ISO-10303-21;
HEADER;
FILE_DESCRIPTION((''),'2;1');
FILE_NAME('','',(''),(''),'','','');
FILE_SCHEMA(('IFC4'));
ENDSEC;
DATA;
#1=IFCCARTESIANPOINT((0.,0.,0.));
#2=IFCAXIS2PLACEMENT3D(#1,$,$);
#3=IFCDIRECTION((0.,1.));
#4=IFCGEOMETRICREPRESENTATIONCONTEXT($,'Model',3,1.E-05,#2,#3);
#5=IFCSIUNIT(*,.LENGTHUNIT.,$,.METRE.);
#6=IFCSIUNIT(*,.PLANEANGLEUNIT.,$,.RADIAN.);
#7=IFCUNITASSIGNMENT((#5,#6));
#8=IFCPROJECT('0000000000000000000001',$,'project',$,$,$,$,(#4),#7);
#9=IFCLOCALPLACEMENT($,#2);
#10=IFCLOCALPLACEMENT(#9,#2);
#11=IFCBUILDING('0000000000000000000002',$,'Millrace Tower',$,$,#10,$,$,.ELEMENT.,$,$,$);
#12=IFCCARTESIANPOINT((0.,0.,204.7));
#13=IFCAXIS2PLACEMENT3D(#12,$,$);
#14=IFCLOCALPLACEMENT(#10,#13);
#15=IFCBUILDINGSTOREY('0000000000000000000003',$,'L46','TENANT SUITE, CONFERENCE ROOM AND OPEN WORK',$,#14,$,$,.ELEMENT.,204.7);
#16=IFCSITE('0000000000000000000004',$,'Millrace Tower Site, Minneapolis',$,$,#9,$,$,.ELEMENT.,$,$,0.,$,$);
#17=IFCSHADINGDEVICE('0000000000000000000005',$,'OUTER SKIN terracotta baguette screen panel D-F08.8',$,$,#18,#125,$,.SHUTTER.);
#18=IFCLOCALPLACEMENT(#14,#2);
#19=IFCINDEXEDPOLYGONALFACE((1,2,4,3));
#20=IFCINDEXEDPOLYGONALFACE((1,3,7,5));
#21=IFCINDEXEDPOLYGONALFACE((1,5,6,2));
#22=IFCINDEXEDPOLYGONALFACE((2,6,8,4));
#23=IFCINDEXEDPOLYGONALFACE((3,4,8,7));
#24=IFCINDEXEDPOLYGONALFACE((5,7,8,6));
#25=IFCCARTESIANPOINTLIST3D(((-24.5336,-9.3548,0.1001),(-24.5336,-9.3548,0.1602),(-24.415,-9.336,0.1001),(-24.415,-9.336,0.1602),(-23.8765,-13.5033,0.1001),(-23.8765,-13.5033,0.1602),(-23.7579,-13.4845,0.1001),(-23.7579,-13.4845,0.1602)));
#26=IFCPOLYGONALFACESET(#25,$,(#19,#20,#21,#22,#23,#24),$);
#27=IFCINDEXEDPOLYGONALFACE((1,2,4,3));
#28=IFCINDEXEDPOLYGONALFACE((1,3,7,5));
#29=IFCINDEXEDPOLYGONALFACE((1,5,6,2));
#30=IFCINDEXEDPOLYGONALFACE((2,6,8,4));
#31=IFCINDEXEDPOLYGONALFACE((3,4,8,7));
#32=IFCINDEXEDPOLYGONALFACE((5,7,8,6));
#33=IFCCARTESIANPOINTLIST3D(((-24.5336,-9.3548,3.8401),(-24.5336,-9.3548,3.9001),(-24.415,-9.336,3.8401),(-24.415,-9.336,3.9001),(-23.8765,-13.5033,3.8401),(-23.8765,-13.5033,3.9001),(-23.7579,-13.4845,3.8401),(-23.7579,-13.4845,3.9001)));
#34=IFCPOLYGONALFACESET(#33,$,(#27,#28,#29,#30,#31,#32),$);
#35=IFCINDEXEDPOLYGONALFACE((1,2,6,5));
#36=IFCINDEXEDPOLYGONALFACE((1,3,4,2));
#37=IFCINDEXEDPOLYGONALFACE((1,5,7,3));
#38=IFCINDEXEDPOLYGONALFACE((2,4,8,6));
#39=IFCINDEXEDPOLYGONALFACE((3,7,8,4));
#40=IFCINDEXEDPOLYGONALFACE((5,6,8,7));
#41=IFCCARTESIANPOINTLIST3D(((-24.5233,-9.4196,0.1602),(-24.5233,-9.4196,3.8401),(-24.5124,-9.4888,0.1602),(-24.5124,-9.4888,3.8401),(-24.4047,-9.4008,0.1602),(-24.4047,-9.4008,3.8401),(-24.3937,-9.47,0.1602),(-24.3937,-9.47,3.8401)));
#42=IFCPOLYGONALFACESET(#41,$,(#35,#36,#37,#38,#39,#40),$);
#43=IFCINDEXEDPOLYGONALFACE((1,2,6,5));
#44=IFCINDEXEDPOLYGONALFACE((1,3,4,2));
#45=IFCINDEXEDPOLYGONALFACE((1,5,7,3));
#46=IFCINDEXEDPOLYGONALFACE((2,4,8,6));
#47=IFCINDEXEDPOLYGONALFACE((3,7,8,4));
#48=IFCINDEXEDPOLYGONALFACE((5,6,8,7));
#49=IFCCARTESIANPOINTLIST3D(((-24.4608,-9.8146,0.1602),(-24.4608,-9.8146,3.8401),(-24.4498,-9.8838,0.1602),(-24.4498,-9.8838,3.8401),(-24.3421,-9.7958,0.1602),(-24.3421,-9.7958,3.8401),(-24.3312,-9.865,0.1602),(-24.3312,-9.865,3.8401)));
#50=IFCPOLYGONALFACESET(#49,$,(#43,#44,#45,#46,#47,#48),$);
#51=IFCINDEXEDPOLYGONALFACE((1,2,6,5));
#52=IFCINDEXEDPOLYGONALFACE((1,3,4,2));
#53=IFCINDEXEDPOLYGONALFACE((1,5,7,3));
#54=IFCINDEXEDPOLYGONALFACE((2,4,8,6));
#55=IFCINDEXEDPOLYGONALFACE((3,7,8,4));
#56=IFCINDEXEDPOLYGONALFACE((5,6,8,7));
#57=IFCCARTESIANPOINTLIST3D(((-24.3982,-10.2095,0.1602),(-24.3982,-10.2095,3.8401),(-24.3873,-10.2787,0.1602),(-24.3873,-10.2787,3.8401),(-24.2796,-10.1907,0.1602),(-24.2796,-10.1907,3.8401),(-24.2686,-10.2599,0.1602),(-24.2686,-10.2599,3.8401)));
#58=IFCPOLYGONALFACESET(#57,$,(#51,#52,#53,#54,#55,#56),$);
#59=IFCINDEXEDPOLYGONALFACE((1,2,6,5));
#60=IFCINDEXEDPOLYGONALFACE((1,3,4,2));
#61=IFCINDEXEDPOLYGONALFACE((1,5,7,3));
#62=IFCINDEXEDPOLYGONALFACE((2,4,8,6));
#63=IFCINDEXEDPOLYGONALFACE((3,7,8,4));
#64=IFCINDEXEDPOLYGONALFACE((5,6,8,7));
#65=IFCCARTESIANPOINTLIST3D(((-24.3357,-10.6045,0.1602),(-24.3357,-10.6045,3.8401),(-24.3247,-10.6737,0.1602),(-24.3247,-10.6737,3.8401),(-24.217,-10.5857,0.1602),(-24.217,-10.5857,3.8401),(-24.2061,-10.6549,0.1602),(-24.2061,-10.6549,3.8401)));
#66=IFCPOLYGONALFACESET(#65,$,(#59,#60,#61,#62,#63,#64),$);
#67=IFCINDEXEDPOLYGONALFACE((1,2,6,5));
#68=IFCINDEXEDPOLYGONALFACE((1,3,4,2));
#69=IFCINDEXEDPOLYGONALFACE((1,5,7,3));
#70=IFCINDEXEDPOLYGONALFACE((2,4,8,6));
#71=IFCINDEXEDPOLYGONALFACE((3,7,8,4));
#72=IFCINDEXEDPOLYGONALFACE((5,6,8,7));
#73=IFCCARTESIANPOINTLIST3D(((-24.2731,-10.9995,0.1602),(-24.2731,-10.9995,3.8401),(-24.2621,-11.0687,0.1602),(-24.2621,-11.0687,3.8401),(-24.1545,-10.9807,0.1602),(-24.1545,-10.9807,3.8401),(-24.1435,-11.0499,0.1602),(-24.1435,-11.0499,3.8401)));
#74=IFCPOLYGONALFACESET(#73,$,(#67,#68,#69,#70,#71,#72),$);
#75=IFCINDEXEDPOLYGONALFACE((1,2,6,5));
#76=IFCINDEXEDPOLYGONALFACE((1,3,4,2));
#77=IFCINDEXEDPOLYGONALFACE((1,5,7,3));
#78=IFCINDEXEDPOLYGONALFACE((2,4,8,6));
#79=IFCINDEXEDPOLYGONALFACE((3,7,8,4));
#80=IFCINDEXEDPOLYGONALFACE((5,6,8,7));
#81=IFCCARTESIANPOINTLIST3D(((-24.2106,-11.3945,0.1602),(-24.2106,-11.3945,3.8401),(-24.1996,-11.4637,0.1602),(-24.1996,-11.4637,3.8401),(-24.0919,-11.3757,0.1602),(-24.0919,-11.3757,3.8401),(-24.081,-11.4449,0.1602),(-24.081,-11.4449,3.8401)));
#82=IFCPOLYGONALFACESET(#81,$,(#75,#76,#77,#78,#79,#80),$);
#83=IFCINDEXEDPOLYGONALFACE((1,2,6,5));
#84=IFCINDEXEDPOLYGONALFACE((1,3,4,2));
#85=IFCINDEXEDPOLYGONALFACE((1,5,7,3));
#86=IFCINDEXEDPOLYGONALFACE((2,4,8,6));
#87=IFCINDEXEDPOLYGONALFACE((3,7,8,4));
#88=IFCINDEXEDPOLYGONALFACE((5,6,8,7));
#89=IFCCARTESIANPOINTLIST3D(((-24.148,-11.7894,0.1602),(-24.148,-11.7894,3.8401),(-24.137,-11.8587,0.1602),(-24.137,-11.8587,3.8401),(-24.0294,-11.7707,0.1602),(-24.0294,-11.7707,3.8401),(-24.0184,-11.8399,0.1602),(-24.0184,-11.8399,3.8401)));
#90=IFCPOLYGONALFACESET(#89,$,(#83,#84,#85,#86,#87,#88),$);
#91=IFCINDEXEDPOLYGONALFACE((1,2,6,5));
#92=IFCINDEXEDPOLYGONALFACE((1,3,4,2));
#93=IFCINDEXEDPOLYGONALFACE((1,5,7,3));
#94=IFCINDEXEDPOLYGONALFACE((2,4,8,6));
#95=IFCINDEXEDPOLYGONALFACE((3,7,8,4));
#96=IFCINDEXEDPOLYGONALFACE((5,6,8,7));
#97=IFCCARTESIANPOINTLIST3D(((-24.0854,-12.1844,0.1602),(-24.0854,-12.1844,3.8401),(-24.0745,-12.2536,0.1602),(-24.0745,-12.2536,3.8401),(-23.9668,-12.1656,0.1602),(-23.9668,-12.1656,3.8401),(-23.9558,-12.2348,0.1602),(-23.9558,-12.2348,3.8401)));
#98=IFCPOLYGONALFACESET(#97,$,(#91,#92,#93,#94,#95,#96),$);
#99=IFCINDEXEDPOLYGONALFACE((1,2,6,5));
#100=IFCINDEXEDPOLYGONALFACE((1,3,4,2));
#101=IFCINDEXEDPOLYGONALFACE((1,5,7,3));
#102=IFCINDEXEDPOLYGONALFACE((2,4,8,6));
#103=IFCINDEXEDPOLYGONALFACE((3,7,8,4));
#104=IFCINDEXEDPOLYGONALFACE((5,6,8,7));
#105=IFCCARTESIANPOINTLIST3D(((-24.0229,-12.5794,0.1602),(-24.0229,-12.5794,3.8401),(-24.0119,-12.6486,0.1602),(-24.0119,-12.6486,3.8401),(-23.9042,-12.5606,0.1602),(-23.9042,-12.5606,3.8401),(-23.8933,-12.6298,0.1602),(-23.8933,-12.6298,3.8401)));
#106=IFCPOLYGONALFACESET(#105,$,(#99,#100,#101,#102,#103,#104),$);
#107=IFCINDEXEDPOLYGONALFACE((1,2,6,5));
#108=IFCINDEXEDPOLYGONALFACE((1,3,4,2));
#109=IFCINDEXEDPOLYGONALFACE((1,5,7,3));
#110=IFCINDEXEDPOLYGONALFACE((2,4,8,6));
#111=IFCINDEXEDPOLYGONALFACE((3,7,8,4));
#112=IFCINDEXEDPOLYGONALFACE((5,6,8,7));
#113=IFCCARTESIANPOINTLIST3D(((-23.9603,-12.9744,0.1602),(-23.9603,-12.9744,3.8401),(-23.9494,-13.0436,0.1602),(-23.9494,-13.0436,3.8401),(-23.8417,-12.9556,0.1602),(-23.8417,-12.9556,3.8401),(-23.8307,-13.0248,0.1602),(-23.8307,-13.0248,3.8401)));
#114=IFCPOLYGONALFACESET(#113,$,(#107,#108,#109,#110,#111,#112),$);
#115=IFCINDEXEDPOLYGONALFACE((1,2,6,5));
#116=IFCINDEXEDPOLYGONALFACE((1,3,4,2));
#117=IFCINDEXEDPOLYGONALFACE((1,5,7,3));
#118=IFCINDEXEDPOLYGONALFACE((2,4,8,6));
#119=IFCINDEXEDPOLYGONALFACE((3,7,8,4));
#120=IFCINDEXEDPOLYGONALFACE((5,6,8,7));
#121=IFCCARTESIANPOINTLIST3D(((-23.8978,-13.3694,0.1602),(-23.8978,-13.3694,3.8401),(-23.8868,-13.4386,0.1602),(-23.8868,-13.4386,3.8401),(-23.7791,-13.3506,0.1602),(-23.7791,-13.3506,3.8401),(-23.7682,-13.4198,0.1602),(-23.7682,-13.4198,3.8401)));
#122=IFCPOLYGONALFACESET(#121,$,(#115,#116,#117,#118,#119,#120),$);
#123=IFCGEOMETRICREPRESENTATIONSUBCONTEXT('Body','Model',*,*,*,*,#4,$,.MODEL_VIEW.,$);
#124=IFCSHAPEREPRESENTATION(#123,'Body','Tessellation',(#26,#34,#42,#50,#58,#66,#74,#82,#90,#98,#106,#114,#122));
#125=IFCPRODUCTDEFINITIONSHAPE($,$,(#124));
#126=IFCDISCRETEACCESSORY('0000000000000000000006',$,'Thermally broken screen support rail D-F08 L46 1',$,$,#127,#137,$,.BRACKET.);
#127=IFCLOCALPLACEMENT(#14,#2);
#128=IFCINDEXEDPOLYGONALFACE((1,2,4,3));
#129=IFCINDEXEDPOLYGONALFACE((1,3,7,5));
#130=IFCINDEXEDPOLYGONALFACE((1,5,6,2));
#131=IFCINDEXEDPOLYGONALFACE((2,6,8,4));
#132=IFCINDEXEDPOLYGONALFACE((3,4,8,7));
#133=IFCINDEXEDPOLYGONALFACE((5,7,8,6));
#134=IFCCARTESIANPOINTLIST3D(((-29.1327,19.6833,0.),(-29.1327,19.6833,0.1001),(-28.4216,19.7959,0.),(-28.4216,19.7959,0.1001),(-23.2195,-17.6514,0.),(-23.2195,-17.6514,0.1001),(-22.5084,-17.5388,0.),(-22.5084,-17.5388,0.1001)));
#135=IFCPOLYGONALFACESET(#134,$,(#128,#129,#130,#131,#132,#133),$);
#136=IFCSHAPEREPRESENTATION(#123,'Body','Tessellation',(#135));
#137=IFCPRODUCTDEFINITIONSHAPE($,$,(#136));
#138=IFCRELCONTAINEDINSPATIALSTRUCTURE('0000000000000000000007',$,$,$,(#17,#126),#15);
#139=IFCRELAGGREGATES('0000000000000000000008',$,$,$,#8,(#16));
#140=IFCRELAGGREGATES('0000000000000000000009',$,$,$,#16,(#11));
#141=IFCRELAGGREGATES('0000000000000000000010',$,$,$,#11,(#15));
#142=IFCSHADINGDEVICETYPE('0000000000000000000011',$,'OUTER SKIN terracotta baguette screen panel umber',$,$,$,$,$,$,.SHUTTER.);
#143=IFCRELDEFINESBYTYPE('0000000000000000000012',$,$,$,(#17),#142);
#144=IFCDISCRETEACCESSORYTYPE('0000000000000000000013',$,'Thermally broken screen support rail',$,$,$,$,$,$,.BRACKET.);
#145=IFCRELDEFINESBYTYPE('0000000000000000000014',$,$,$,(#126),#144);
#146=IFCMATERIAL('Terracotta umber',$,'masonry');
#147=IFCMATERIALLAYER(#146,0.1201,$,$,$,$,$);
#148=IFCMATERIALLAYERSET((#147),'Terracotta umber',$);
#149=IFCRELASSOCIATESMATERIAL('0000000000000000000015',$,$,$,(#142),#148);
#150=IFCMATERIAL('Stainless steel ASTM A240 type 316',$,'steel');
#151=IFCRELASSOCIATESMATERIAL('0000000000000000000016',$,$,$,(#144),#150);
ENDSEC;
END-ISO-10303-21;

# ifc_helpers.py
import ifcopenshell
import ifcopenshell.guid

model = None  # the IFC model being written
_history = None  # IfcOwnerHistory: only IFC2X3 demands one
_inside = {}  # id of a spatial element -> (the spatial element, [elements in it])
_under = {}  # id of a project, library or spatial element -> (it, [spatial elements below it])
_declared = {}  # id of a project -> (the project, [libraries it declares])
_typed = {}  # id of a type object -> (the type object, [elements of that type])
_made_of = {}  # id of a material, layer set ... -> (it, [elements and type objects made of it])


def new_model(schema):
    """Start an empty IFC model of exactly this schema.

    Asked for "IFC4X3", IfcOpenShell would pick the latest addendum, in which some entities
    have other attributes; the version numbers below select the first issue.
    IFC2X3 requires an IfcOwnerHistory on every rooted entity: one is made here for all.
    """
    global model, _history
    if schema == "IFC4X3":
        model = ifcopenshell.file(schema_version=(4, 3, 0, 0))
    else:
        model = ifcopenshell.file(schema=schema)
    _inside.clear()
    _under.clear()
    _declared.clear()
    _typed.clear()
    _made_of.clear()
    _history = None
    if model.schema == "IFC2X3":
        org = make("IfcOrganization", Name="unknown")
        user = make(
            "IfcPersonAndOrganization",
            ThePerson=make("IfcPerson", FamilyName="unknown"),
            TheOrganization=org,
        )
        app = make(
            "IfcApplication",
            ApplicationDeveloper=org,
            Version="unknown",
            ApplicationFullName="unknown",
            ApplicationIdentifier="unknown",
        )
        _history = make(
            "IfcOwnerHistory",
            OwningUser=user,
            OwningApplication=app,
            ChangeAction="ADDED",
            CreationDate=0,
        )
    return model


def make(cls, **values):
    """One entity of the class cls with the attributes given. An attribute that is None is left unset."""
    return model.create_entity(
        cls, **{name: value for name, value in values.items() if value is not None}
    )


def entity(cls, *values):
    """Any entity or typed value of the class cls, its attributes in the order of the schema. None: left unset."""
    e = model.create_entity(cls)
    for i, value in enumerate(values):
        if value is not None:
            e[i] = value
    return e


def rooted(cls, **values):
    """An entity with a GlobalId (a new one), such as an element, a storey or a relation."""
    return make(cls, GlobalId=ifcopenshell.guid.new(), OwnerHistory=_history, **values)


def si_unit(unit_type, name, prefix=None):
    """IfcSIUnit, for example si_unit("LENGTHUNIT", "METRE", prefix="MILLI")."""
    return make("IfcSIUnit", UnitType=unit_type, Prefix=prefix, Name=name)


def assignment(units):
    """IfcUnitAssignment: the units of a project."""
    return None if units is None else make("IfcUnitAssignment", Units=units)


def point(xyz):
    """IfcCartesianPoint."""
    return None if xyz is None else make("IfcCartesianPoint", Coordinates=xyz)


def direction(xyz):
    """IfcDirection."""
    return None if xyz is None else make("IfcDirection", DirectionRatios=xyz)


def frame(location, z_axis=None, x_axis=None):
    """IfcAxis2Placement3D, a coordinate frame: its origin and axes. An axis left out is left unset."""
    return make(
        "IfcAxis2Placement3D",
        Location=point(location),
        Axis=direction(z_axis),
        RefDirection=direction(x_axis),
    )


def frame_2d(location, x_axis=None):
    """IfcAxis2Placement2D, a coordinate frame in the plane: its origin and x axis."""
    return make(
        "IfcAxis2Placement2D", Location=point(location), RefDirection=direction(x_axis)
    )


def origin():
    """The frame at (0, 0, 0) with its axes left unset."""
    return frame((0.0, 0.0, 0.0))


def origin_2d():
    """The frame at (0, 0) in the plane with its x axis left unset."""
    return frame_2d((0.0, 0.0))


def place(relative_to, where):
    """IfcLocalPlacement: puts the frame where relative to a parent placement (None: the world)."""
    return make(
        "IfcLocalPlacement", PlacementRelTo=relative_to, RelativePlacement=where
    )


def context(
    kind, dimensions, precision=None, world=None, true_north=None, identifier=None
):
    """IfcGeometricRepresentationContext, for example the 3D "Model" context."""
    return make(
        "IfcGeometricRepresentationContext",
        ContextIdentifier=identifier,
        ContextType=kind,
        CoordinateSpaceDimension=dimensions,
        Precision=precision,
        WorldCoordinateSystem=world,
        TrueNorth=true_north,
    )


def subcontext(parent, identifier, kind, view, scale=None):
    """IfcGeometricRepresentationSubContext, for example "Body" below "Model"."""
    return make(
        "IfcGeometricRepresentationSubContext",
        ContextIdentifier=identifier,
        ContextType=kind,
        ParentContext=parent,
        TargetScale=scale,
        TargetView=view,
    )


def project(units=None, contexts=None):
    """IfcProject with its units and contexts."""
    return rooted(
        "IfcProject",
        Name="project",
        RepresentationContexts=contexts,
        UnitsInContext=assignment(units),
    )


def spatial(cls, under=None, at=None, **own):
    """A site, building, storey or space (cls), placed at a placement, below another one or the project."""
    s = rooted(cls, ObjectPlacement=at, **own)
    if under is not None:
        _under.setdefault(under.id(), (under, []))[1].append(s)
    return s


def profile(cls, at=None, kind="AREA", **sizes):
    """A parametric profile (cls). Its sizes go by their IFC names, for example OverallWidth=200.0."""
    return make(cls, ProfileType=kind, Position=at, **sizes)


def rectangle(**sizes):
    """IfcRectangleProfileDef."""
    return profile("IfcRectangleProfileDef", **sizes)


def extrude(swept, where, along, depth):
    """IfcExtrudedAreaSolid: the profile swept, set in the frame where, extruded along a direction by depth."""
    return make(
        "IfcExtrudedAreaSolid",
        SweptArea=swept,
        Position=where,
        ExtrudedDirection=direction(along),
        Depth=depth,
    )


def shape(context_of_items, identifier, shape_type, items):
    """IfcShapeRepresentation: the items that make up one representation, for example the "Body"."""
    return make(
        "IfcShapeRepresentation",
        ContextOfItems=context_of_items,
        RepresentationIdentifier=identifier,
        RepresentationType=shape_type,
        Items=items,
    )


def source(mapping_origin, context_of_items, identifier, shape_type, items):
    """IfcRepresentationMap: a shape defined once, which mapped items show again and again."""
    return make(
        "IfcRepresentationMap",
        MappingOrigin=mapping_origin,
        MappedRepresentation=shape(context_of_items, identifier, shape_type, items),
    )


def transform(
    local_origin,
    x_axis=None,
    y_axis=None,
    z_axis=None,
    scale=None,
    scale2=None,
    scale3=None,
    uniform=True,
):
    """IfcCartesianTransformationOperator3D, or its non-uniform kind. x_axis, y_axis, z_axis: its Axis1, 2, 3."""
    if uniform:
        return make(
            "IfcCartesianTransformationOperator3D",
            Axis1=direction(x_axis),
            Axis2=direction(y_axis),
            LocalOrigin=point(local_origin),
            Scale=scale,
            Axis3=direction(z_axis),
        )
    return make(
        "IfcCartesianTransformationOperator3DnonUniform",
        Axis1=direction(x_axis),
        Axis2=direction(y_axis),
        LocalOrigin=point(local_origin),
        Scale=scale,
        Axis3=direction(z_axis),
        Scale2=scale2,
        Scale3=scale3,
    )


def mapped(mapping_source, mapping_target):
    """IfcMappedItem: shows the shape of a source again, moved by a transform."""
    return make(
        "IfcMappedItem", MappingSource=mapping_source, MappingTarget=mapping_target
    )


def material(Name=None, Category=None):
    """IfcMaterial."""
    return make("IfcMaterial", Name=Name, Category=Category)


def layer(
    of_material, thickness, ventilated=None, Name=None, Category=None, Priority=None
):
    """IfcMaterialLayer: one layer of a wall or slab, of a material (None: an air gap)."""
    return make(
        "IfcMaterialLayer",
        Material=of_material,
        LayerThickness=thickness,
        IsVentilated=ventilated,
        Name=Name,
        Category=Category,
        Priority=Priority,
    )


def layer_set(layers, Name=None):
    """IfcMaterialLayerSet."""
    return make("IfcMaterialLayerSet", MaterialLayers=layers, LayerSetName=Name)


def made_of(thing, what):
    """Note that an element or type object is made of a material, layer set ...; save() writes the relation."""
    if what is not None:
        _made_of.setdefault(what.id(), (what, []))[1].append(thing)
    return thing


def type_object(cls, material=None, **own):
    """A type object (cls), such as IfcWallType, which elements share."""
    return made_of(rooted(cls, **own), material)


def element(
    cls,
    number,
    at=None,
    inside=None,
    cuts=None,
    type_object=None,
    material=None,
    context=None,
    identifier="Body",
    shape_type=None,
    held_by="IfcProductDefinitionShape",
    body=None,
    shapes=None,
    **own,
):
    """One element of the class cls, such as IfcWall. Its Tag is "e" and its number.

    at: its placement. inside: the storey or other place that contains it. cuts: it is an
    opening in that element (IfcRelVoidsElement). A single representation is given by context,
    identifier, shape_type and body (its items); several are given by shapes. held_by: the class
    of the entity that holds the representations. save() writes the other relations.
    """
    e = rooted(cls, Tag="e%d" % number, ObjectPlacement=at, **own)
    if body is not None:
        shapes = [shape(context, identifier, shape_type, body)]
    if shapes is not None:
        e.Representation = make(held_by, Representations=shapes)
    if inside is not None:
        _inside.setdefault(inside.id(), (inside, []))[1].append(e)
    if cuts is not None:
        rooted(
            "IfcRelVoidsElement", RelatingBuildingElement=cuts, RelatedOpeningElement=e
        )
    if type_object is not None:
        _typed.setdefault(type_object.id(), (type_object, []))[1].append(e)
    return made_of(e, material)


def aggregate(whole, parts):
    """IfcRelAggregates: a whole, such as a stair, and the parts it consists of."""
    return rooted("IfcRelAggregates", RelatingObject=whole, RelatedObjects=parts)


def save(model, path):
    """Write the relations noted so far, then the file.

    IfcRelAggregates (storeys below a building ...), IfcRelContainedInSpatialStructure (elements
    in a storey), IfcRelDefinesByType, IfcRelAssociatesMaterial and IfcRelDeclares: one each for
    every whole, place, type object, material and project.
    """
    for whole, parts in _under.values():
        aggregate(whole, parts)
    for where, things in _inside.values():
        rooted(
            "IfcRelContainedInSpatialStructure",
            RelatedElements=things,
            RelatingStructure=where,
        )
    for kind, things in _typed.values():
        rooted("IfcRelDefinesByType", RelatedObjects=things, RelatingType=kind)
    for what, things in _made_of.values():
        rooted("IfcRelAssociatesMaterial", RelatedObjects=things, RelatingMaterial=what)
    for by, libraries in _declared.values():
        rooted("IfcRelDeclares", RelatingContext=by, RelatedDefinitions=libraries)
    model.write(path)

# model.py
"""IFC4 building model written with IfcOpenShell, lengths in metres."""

from ifc_helpers import new_model, entity, si_unit, direction, frame, frame_2d, origin, origin_2d, place, context, subcontext, project, spatial, rectangle, extrude, source, transform, mapped, material, layer, layer_set, type_object, element, save


model = new_model("IFC4")

# Units and contexts
model_context = context("Model", 3, precision=1e-05, world=origin(), true_north=direction((0.0, 1.0)))
body_context = subcontext(model_context, "Body", "Model", "MODEL_VIEW")
ifc_project = project(units=[si_unit("LENGTHUNIT", "METRE"), si_unit("PLANEANGLEUNIT", "RADIAN")], contexts=[model_context])

# Site, building, storey
site_placement = place(None, origin())
site = spatial("IfcSite", under=ifc_project, at=site_placement, Name="Millrace Tower Site, Minneapolis", CompositionType="ELEMENT", RefElevation=0.0)
building_placement = place(site_placement, origin())
building = spatial("IfcBuilding", under=site, at=building_placement, Name="Millrace Tower", CompositionType="ELEMENT")
storey_placement = place(building_placement, frame((0.0, 0.0, 204.7)))
storey = spatial("IfcBuildingStorey", under=building, at=storey_placement, Name="L46", Description="TENANT SUITE, CONFERENCE ROOM AND OPEN WORK", CompositionType="ELEMENT", Elevation=204.7)

# Shading device
ifc_material_1 = material(Name="Terracotta umber", Category="masonry")
ifc_layer_1 = layer(ifc_material_1, 0.1201)
ifc_layer_set_1 = layer_set([ifc_layer_1], Name="Terracotta umber")
shading_device_type = type_object("IfcShadingDeviceType", Name="OUTER SKIN terracotta baguette screen panel umber", PredefinedType="SHUTTER", material=ifc_layer_set_1)
cartesian_point = entity("IfcCartesianPoint", [-2.1001, 0.0601])
shared_polyline = entity("IfcPolyline", [cartesian_point, entity("IfcCartesianPoint", [2.1001, 0.0601]), entity("IfcCartesianPoint", [2.1001, -0.0601]), entity("IfcCartesianPoint", [-2.1001, -0.0601]), cartesian_point])
shared_shape = source(origin(), body_context, "Body", "SweptSolid", [
    entity("IfcExtrudedAreaSolid", entity("IfcArbitraryClosedProfileDef", "AREA", None, shared_polyline), entity("IfcAxis2Placement3D", entity("IfcCartesianPoint", [0.0, 0.0, 0.0])), entity("IfcDirection", [0.0, 0.0, 1.0]), 0.0601),
    entity("IfcExtrudedAreaSolid", entity("IfcArbitraryClosedProfileDef", "AREA", None, shared_polyline), entity("IfcAxis2Placement3D", entity("IfcCartesianPoint", [0.0, 0.0, 3.74])), entity("IfcDirection", [0.0, 0.0, 1.0]), 0.0601),
    extrude(rectangle(XDim=0.0701, YDim=0.1201, at=frame_2d((-1.9995, 0.0))), frame((0.0, 0.0, 0.0601)), (0.0, 0.0, 1.0), 3.6799),
    extrude(rectangle(XDim=0.0701, YDim=0.1201, at=frame_2d((-1.5996, 0.0))), frame((0.0, 0.0, 0.0601)), (0.0, 0.0, 1.0), 3.6799),
    extrude(rectangle(XDim=0.0701, YDim=0.1201, at=frame_2d((-1.1997, 0.0))), frame((0.0, 0.0, 0.0601)), (0.0, 0.0, 1.0), 3.6799),
    extrude(rectangle(XDim=0.0701, YDim=0.1201, at=frame_2d((-0.7998, 0.0))), frame((0.0, 0.0, 0.0601)), (0.0, 0.0, 1.0), 3.6799),
    extrude(rectangle(XDim=0.0701, YDim=0.1201, at=frame_2d((-0.3999, 0.0))), frame((0.0, 0.0, 0.0601)), (0.0, 0.0, 1.0), 3.6799),
    extrude(rectangle(XDim=0.0701, YDim=0.1201, at=origin_2d()), frame((0.0, 0.0, 0.0601)), (0.0, 0.0, 1.0), 3.6799),
    extrude(rectangle(XDim=0.0701, YDim=0.1201, at=frame_2d((0.3999, 0.0))), frame((0.0, 0.0, 0.0601)), (0.0, 0.0, 1.0), 3.6799),
    extrude(rectangle(XDim=0.0701, YDim=0.1201, at=frame_2d((0.7998, 0.0))), frame((0.0, 0.0, 0.0601)), (0.0, 0.0, 1.0), 3.6799),
    extrude(rectangle(XDim=0.0701, YDim=0.1201, at=frame_2d((1.1997, 0.0))), frame((0.0, 0.0, 0.0601)), (0.0, 0.0, 1.0), 3.6799),
    extrude(rectangle(XDim=0.0701, YDim=0.1201, at=frame_2d((1.5996, 0.0))), frame((0.0, 0.0, 0.0601)), (0.0, 0.0, 1.0), 3.6799),
    extrude(rectangle(XDim=0.0701, YDim=0.1201, at=frame_2d((1.9995, 0.0))), frame((0.0, 0.0, 0.0601)), (0.0, 0.0, 1.0), 3.6799),
])
for number, where, z_axis, x_axis, name in (
    (1, (-24.1458, -11.4197, 0.1001), (0.0, 0.0, 1.0), (0.156434, -0.987688, 0.0), "OUTER SKIN terracotta baguette screen panel D-F08.8"),
):
    element("IfcShadingDevice", number, at=place(storey_placement, frame(where, z_axis=z_axis, x_axis=x_axis)), inside=storey, type_object=shading_device_type, Name=name, PredefinedType="SHUTTER", context=body_context, shape_type="MappedRepresentation", body=[
        mapped(shared_shape, transform((0.0, 0.0, 0.0), scale=1.0)),
    ])

# Discrete accessory
ifc_material_2 = material(Name="Stainless steel ASTM A240 type 316", Category="steel")
discrete_accessory_type = type_object("IfcDiscreteAccessoryType", Name="Thermally broken screen support rail", PredefinedType="BRACKET", material=ifc_material_2)
discrete_accessory_placement = place(storey_placement, frame((-25.8206, 1.0723, 0.0), z_axis=(0.0, 0.0, 1.0), x_axis=(0.156434, -0.987688, 0.0)))
element("IfcDiscreteAccessory", 2, at=discrete_accessory_placement, inside=storey, type_object=discrete_accessory_type, Name="Thermally broken screen support rail D-F08 L46 1", PredefinedType="BRACKET", context=body_context, shape_type="SweptSolid", body=[
    extrude(rectangle(XDim=37.8, YDim=0.72, at=origin_2d()), origin(), (0.0, 0.0, 1.0), 0.1001),
])

save(model, "model.ifc")
